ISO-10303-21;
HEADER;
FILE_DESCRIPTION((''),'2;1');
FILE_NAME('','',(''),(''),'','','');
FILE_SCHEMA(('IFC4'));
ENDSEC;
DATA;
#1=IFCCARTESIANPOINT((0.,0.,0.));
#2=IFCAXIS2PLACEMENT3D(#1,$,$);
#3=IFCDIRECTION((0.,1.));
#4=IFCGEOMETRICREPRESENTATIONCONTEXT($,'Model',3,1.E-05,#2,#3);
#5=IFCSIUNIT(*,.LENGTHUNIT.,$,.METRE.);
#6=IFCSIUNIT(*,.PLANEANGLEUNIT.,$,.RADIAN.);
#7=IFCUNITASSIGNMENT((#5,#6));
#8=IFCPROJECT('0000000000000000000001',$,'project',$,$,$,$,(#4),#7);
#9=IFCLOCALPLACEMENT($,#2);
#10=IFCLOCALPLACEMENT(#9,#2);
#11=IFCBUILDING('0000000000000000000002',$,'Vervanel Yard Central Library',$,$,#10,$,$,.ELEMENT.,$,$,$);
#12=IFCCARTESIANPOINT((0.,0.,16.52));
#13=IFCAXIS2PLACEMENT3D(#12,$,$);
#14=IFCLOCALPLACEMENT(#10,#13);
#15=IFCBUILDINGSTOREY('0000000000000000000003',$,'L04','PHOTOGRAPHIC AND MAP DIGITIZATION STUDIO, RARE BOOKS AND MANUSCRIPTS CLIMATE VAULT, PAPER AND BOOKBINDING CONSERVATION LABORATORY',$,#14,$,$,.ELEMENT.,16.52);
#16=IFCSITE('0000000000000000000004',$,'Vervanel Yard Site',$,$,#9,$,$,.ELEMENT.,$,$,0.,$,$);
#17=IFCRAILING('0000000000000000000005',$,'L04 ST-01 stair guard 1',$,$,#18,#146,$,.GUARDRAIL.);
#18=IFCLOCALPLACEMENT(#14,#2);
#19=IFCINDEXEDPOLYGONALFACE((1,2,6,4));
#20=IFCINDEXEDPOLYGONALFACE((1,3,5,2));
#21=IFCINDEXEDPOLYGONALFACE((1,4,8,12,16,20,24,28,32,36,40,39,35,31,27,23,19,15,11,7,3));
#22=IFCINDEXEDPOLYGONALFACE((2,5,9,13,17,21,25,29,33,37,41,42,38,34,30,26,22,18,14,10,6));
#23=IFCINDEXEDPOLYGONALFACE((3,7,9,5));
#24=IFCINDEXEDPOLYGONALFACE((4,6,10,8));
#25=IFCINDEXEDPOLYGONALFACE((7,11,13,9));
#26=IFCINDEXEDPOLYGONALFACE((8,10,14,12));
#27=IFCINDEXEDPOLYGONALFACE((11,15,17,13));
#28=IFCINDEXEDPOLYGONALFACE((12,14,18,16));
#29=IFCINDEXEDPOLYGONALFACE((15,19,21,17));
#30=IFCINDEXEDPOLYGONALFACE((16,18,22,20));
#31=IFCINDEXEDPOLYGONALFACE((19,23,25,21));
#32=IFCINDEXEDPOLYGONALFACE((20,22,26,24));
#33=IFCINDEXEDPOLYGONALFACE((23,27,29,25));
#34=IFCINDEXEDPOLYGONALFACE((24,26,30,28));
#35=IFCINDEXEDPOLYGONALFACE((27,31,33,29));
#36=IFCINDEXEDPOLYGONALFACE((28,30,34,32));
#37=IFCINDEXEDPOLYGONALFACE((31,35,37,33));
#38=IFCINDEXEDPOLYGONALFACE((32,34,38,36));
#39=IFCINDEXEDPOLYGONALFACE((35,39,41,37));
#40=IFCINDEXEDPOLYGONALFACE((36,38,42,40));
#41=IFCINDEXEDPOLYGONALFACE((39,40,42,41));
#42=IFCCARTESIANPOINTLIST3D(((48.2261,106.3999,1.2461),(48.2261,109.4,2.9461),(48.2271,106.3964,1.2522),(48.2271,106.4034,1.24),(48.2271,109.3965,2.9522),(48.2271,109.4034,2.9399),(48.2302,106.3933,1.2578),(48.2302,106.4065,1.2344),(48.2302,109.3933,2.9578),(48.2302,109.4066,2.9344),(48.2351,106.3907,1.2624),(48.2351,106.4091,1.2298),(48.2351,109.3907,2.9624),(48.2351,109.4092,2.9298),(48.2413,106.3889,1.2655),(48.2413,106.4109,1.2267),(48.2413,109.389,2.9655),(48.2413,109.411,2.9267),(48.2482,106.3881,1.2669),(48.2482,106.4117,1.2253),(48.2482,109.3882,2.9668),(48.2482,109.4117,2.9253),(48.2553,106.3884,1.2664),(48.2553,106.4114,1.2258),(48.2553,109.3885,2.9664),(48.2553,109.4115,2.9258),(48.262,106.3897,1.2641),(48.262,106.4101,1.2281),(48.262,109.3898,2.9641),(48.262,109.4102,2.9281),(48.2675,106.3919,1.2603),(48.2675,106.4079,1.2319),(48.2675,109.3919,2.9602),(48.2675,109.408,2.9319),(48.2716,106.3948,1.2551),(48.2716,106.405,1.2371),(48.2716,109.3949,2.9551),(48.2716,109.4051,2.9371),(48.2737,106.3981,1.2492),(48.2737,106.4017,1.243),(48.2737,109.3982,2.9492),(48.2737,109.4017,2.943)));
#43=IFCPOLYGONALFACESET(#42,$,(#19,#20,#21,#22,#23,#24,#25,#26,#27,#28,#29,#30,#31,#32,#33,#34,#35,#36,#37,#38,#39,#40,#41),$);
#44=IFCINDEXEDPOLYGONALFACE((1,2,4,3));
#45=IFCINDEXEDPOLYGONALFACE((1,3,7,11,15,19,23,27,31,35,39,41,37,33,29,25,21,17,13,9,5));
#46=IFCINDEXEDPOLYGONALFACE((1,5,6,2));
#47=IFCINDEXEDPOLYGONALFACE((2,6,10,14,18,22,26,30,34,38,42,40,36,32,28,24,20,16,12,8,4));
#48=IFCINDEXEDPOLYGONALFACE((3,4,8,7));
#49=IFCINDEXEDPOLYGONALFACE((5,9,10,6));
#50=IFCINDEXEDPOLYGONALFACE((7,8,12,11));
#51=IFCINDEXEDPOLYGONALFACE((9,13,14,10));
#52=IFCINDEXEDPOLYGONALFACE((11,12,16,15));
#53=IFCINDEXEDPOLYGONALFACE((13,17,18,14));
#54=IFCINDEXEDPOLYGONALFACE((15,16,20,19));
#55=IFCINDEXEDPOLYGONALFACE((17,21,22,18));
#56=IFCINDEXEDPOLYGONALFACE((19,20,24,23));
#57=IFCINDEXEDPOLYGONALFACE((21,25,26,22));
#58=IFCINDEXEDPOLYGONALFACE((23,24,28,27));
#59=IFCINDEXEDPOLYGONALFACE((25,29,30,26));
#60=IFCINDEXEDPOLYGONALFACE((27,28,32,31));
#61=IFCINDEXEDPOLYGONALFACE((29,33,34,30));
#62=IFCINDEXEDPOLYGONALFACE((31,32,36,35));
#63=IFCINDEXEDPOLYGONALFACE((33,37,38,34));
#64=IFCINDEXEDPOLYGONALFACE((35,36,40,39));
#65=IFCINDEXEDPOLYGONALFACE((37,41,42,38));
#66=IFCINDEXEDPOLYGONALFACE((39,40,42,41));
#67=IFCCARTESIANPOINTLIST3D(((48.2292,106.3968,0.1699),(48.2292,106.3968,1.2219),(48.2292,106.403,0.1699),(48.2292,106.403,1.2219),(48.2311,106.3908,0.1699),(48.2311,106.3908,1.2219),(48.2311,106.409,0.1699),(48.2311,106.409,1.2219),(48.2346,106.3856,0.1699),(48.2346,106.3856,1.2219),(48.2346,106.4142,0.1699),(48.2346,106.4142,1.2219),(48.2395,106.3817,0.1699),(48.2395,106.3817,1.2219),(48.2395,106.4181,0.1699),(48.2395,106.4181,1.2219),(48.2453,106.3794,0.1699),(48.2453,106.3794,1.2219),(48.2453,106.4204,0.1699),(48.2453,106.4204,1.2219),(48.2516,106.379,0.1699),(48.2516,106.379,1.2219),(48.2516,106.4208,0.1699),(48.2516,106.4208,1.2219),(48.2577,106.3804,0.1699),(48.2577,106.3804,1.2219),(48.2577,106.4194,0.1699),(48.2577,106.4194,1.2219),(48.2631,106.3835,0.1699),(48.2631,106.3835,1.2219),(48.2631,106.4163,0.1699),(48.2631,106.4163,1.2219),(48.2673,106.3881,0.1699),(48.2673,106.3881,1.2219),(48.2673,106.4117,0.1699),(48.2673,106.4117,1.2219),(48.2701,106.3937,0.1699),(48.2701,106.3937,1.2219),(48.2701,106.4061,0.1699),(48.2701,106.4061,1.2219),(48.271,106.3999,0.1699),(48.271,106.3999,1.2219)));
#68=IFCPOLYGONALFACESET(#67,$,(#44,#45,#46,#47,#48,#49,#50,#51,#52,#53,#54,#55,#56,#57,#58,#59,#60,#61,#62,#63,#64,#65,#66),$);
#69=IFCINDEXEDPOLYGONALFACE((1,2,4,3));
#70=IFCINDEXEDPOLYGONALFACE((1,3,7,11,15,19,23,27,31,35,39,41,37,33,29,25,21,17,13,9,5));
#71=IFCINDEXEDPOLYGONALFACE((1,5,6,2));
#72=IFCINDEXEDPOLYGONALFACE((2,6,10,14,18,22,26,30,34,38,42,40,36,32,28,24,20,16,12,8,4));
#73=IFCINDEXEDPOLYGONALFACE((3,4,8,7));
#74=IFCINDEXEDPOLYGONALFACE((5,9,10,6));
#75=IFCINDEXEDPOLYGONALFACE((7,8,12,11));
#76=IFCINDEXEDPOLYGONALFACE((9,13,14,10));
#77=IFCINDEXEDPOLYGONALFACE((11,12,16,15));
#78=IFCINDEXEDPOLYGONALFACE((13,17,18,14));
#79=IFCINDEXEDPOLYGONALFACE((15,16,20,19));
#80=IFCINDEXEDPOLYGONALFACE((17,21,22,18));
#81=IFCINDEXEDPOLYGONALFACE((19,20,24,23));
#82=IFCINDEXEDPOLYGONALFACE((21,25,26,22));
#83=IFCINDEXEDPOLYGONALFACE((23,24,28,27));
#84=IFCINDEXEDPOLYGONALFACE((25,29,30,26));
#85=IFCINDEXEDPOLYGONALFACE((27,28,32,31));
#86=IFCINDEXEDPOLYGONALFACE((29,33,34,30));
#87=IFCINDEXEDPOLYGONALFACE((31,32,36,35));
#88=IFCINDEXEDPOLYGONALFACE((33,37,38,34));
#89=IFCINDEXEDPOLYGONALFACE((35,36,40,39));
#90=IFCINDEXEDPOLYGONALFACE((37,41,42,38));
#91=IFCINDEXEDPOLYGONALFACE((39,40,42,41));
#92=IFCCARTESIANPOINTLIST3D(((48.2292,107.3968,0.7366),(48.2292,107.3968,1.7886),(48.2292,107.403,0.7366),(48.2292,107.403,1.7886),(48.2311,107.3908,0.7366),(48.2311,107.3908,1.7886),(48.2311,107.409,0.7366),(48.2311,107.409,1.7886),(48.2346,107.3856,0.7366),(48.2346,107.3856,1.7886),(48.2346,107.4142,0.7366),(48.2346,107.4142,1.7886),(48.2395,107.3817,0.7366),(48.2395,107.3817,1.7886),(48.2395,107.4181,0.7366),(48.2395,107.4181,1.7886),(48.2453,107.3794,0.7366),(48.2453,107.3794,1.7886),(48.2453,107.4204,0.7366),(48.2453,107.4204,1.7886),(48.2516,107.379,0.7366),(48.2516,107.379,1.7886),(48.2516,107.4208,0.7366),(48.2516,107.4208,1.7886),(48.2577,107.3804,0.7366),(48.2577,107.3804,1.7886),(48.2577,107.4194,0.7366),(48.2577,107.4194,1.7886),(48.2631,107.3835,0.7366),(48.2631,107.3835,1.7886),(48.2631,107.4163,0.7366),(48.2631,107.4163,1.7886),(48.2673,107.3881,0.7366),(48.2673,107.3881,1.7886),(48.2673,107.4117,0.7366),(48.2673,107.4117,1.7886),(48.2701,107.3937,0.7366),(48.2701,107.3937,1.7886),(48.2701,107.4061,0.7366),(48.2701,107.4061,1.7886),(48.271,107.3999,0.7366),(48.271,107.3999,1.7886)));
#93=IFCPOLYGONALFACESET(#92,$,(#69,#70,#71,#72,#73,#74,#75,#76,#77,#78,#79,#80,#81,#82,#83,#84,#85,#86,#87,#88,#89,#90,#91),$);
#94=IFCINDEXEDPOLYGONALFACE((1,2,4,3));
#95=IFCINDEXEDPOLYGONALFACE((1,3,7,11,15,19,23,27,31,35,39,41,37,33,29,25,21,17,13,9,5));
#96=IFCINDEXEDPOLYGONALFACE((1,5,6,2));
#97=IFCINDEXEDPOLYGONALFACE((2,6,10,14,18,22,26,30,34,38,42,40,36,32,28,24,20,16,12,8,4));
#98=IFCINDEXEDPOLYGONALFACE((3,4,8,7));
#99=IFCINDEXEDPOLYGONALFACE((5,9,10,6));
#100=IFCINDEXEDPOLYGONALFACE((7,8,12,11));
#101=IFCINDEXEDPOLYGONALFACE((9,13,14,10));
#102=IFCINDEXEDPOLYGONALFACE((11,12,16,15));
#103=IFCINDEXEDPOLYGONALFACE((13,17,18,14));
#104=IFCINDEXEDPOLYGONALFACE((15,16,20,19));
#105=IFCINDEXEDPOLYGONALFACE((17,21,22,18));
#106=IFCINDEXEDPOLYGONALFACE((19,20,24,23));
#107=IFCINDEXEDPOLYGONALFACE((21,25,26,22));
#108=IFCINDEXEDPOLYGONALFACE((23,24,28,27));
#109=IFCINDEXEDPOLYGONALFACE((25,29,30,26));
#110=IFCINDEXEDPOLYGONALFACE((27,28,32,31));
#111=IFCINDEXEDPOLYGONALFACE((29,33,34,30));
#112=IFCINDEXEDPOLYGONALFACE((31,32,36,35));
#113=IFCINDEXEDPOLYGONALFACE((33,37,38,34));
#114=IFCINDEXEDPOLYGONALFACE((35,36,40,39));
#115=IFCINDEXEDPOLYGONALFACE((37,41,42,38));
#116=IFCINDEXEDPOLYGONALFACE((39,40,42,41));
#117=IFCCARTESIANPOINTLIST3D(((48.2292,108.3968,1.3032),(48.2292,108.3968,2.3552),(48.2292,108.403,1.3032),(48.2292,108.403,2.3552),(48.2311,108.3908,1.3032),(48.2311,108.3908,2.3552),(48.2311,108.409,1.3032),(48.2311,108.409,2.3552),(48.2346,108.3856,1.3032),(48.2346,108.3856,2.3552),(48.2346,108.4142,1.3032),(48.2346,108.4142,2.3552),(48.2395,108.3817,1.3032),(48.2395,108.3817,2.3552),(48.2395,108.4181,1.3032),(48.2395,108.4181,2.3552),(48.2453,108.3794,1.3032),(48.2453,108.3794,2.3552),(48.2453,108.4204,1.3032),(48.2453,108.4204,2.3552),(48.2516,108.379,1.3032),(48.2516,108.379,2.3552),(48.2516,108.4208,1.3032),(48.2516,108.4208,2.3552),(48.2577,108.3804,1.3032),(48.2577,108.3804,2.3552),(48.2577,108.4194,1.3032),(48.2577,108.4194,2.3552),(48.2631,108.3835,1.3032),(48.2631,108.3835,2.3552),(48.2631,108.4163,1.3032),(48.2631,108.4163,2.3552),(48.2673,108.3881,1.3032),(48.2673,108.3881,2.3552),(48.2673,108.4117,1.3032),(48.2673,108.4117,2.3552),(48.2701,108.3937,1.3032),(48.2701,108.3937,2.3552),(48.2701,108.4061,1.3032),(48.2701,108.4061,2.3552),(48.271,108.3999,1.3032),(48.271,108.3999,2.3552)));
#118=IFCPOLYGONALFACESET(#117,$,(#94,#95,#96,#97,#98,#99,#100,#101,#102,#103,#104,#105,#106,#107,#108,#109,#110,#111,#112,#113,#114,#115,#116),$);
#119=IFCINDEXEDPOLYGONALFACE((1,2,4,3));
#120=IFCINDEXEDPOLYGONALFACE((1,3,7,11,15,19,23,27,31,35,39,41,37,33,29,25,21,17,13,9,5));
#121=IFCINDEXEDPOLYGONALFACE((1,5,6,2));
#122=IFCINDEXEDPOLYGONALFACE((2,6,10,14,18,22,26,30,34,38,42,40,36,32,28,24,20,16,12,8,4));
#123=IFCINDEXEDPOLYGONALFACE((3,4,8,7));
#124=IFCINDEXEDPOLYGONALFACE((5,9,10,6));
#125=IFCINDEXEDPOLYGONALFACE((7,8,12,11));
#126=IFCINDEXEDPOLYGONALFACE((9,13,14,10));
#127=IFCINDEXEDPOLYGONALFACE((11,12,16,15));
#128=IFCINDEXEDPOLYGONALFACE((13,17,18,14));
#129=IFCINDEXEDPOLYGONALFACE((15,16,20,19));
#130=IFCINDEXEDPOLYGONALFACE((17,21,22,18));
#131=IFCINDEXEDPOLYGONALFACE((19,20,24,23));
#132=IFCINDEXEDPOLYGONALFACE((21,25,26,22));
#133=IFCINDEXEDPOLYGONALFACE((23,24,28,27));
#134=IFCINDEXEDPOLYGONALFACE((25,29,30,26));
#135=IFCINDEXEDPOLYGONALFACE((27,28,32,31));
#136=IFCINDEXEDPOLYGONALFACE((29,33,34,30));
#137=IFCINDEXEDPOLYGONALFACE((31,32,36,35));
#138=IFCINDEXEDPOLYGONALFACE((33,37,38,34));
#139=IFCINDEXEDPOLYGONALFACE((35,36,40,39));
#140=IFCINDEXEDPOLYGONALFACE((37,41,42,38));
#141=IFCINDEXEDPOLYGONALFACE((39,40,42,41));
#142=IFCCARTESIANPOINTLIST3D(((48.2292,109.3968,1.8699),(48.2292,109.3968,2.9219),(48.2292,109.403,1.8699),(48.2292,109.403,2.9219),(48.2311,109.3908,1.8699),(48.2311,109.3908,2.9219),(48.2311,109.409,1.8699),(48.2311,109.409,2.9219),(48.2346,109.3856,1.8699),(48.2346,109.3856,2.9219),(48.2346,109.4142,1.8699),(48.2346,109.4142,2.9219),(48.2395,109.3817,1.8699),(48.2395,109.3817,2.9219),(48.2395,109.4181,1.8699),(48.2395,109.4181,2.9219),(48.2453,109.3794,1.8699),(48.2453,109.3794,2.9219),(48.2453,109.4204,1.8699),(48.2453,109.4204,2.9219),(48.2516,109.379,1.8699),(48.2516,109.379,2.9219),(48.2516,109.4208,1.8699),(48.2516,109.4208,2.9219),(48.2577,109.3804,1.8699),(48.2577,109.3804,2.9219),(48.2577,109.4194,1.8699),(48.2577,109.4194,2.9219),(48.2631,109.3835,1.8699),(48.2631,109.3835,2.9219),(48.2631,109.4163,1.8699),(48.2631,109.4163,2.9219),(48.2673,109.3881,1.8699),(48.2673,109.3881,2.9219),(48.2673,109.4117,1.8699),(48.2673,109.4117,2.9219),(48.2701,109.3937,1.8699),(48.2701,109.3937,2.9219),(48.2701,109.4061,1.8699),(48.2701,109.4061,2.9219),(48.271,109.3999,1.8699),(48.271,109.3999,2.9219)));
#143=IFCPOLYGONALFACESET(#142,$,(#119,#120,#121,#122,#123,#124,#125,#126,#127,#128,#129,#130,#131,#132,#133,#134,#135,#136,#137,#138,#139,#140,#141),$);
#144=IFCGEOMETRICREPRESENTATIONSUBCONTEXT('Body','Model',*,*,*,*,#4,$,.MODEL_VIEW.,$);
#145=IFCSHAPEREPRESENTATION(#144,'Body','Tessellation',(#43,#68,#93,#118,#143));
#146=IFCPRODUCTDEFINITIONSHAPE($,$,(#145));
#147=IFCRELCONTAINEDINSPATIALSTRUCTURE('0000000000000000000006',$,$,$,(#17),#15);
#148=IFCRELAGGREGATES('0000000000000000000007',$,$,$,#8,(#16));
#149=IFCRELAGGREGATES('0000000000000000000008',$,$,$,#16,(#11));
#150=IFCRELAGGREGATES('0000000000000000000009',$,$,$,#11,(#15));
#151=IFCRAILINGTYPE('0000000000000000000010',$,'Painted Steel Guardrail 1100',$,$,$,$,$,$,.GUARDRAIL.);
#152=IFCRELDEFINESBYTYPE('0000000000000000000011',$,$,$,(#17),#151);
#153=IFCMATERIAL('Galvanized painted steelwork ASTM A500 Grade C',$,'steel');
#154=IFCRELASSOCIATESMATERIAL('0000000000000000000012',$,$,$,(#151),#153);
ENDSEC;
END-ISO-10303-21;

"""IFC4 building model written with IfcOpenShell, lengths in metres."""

from ifc_helpers import new_model, si_unit, direction, frame, origin, origin_2d, place, context, subcontext, project, spatial, circle, extrude, material, type_object, element, save


model = new_model("IFC4")

# Units and contexts
model_context = context("Model", 3, precision=1e-05, world=origin(), true_north=direction((0.0, 1.0)))
body_context = subcontext(model_context, "Body", "Model", "MODEL_VIEW")
ifc_project = project(units=[si_unit("LENGTHUNIT", "METRE"), si_unit("PLANEANGLEUNIT", "RADIAN")], contexts=[model_context])

# Site, building, storey
site_placement = place(None, origin())
site = spatial("IfcSite", under=ifc_project, at=site_placement, Name="Vervanel Yard Site", CompositionType="ELEMENT", RefElevation=0.0)
building_placement = place(site_placement, origin())
building = spatial("IfcBuilding", under=site, at=building_placement, Name="Vervanel Yard Central Library", CompositionType="ELEMENT")
storey_placement = place(building_placement, frame((0.0, 0.0, 16.52)))
storey = spatial("IfcBuildingStorey", under=building, at=storey_placement, Name="L04", Description="PHOTOGRAPHIC AND MAP DIGITIZATION STUDIO, RARE BOOKS AND MANUSCRIPTS CLIMATE VAULT, PAPER AND BOOKBINDING CONSERVATION LABORATORY", CompositionType="ELEMENT", Elevation=16.52)

# Shared definitions
ifc_material_1 = material(Name="Galvanized painted steelwork ASTM A500 Grade C", Category="steel")

# Railing
railing_type_1 = type_object("IfcRailingType", Name="Painted Steel Guardrail 1100", PredefinedType="GUARDRAIL", material=ifc_material_1)
railing_1_placement = place(storey_placement, frame((48.25, 106.3999, 0.1699)))
element("IfcRailing", 1, at=railing_1_placement, inside=storey, type_object=railing_type_1, Name="L04 ST-01 stair guard 1", PredefinedType="GUARDRAIL", context=body_context, shape_type="SweptSolid", body=[
    extrude(circle(Radius=0.0239, at=origin_2d()), frame((0.0, 0.0, 1.0762), z_axis=(0.0, 0.870028, 0.493002), x_axis=(-1.0, 0.0, 0.0)), (0.0, 0.0, 1.0), 3.4482),
    extrude(circle(Radius=0.021, at=origin_2d()), origin(), (0.0, 0.0, 1.0), 1.052),
    extrude(circle(Radius=0.021, at=origin_2d()), frame((0.0, 1.0, 0.5667)), (0.0, 0.0, 1.0), 1.052),
    extrude(circle(Radius=0.021, at=origin_2d()), frame((0.0, 2.0, 1.1333)), (0.0, 0.0, 1.0), 1.052),
    extrude(circle(Radius=0.021, at=origin_2d()), frame((0.0, 3.0, 1.7)), (0.0, 0.0, 1.0), 1.052),
])

save(model, "model.ifc")
